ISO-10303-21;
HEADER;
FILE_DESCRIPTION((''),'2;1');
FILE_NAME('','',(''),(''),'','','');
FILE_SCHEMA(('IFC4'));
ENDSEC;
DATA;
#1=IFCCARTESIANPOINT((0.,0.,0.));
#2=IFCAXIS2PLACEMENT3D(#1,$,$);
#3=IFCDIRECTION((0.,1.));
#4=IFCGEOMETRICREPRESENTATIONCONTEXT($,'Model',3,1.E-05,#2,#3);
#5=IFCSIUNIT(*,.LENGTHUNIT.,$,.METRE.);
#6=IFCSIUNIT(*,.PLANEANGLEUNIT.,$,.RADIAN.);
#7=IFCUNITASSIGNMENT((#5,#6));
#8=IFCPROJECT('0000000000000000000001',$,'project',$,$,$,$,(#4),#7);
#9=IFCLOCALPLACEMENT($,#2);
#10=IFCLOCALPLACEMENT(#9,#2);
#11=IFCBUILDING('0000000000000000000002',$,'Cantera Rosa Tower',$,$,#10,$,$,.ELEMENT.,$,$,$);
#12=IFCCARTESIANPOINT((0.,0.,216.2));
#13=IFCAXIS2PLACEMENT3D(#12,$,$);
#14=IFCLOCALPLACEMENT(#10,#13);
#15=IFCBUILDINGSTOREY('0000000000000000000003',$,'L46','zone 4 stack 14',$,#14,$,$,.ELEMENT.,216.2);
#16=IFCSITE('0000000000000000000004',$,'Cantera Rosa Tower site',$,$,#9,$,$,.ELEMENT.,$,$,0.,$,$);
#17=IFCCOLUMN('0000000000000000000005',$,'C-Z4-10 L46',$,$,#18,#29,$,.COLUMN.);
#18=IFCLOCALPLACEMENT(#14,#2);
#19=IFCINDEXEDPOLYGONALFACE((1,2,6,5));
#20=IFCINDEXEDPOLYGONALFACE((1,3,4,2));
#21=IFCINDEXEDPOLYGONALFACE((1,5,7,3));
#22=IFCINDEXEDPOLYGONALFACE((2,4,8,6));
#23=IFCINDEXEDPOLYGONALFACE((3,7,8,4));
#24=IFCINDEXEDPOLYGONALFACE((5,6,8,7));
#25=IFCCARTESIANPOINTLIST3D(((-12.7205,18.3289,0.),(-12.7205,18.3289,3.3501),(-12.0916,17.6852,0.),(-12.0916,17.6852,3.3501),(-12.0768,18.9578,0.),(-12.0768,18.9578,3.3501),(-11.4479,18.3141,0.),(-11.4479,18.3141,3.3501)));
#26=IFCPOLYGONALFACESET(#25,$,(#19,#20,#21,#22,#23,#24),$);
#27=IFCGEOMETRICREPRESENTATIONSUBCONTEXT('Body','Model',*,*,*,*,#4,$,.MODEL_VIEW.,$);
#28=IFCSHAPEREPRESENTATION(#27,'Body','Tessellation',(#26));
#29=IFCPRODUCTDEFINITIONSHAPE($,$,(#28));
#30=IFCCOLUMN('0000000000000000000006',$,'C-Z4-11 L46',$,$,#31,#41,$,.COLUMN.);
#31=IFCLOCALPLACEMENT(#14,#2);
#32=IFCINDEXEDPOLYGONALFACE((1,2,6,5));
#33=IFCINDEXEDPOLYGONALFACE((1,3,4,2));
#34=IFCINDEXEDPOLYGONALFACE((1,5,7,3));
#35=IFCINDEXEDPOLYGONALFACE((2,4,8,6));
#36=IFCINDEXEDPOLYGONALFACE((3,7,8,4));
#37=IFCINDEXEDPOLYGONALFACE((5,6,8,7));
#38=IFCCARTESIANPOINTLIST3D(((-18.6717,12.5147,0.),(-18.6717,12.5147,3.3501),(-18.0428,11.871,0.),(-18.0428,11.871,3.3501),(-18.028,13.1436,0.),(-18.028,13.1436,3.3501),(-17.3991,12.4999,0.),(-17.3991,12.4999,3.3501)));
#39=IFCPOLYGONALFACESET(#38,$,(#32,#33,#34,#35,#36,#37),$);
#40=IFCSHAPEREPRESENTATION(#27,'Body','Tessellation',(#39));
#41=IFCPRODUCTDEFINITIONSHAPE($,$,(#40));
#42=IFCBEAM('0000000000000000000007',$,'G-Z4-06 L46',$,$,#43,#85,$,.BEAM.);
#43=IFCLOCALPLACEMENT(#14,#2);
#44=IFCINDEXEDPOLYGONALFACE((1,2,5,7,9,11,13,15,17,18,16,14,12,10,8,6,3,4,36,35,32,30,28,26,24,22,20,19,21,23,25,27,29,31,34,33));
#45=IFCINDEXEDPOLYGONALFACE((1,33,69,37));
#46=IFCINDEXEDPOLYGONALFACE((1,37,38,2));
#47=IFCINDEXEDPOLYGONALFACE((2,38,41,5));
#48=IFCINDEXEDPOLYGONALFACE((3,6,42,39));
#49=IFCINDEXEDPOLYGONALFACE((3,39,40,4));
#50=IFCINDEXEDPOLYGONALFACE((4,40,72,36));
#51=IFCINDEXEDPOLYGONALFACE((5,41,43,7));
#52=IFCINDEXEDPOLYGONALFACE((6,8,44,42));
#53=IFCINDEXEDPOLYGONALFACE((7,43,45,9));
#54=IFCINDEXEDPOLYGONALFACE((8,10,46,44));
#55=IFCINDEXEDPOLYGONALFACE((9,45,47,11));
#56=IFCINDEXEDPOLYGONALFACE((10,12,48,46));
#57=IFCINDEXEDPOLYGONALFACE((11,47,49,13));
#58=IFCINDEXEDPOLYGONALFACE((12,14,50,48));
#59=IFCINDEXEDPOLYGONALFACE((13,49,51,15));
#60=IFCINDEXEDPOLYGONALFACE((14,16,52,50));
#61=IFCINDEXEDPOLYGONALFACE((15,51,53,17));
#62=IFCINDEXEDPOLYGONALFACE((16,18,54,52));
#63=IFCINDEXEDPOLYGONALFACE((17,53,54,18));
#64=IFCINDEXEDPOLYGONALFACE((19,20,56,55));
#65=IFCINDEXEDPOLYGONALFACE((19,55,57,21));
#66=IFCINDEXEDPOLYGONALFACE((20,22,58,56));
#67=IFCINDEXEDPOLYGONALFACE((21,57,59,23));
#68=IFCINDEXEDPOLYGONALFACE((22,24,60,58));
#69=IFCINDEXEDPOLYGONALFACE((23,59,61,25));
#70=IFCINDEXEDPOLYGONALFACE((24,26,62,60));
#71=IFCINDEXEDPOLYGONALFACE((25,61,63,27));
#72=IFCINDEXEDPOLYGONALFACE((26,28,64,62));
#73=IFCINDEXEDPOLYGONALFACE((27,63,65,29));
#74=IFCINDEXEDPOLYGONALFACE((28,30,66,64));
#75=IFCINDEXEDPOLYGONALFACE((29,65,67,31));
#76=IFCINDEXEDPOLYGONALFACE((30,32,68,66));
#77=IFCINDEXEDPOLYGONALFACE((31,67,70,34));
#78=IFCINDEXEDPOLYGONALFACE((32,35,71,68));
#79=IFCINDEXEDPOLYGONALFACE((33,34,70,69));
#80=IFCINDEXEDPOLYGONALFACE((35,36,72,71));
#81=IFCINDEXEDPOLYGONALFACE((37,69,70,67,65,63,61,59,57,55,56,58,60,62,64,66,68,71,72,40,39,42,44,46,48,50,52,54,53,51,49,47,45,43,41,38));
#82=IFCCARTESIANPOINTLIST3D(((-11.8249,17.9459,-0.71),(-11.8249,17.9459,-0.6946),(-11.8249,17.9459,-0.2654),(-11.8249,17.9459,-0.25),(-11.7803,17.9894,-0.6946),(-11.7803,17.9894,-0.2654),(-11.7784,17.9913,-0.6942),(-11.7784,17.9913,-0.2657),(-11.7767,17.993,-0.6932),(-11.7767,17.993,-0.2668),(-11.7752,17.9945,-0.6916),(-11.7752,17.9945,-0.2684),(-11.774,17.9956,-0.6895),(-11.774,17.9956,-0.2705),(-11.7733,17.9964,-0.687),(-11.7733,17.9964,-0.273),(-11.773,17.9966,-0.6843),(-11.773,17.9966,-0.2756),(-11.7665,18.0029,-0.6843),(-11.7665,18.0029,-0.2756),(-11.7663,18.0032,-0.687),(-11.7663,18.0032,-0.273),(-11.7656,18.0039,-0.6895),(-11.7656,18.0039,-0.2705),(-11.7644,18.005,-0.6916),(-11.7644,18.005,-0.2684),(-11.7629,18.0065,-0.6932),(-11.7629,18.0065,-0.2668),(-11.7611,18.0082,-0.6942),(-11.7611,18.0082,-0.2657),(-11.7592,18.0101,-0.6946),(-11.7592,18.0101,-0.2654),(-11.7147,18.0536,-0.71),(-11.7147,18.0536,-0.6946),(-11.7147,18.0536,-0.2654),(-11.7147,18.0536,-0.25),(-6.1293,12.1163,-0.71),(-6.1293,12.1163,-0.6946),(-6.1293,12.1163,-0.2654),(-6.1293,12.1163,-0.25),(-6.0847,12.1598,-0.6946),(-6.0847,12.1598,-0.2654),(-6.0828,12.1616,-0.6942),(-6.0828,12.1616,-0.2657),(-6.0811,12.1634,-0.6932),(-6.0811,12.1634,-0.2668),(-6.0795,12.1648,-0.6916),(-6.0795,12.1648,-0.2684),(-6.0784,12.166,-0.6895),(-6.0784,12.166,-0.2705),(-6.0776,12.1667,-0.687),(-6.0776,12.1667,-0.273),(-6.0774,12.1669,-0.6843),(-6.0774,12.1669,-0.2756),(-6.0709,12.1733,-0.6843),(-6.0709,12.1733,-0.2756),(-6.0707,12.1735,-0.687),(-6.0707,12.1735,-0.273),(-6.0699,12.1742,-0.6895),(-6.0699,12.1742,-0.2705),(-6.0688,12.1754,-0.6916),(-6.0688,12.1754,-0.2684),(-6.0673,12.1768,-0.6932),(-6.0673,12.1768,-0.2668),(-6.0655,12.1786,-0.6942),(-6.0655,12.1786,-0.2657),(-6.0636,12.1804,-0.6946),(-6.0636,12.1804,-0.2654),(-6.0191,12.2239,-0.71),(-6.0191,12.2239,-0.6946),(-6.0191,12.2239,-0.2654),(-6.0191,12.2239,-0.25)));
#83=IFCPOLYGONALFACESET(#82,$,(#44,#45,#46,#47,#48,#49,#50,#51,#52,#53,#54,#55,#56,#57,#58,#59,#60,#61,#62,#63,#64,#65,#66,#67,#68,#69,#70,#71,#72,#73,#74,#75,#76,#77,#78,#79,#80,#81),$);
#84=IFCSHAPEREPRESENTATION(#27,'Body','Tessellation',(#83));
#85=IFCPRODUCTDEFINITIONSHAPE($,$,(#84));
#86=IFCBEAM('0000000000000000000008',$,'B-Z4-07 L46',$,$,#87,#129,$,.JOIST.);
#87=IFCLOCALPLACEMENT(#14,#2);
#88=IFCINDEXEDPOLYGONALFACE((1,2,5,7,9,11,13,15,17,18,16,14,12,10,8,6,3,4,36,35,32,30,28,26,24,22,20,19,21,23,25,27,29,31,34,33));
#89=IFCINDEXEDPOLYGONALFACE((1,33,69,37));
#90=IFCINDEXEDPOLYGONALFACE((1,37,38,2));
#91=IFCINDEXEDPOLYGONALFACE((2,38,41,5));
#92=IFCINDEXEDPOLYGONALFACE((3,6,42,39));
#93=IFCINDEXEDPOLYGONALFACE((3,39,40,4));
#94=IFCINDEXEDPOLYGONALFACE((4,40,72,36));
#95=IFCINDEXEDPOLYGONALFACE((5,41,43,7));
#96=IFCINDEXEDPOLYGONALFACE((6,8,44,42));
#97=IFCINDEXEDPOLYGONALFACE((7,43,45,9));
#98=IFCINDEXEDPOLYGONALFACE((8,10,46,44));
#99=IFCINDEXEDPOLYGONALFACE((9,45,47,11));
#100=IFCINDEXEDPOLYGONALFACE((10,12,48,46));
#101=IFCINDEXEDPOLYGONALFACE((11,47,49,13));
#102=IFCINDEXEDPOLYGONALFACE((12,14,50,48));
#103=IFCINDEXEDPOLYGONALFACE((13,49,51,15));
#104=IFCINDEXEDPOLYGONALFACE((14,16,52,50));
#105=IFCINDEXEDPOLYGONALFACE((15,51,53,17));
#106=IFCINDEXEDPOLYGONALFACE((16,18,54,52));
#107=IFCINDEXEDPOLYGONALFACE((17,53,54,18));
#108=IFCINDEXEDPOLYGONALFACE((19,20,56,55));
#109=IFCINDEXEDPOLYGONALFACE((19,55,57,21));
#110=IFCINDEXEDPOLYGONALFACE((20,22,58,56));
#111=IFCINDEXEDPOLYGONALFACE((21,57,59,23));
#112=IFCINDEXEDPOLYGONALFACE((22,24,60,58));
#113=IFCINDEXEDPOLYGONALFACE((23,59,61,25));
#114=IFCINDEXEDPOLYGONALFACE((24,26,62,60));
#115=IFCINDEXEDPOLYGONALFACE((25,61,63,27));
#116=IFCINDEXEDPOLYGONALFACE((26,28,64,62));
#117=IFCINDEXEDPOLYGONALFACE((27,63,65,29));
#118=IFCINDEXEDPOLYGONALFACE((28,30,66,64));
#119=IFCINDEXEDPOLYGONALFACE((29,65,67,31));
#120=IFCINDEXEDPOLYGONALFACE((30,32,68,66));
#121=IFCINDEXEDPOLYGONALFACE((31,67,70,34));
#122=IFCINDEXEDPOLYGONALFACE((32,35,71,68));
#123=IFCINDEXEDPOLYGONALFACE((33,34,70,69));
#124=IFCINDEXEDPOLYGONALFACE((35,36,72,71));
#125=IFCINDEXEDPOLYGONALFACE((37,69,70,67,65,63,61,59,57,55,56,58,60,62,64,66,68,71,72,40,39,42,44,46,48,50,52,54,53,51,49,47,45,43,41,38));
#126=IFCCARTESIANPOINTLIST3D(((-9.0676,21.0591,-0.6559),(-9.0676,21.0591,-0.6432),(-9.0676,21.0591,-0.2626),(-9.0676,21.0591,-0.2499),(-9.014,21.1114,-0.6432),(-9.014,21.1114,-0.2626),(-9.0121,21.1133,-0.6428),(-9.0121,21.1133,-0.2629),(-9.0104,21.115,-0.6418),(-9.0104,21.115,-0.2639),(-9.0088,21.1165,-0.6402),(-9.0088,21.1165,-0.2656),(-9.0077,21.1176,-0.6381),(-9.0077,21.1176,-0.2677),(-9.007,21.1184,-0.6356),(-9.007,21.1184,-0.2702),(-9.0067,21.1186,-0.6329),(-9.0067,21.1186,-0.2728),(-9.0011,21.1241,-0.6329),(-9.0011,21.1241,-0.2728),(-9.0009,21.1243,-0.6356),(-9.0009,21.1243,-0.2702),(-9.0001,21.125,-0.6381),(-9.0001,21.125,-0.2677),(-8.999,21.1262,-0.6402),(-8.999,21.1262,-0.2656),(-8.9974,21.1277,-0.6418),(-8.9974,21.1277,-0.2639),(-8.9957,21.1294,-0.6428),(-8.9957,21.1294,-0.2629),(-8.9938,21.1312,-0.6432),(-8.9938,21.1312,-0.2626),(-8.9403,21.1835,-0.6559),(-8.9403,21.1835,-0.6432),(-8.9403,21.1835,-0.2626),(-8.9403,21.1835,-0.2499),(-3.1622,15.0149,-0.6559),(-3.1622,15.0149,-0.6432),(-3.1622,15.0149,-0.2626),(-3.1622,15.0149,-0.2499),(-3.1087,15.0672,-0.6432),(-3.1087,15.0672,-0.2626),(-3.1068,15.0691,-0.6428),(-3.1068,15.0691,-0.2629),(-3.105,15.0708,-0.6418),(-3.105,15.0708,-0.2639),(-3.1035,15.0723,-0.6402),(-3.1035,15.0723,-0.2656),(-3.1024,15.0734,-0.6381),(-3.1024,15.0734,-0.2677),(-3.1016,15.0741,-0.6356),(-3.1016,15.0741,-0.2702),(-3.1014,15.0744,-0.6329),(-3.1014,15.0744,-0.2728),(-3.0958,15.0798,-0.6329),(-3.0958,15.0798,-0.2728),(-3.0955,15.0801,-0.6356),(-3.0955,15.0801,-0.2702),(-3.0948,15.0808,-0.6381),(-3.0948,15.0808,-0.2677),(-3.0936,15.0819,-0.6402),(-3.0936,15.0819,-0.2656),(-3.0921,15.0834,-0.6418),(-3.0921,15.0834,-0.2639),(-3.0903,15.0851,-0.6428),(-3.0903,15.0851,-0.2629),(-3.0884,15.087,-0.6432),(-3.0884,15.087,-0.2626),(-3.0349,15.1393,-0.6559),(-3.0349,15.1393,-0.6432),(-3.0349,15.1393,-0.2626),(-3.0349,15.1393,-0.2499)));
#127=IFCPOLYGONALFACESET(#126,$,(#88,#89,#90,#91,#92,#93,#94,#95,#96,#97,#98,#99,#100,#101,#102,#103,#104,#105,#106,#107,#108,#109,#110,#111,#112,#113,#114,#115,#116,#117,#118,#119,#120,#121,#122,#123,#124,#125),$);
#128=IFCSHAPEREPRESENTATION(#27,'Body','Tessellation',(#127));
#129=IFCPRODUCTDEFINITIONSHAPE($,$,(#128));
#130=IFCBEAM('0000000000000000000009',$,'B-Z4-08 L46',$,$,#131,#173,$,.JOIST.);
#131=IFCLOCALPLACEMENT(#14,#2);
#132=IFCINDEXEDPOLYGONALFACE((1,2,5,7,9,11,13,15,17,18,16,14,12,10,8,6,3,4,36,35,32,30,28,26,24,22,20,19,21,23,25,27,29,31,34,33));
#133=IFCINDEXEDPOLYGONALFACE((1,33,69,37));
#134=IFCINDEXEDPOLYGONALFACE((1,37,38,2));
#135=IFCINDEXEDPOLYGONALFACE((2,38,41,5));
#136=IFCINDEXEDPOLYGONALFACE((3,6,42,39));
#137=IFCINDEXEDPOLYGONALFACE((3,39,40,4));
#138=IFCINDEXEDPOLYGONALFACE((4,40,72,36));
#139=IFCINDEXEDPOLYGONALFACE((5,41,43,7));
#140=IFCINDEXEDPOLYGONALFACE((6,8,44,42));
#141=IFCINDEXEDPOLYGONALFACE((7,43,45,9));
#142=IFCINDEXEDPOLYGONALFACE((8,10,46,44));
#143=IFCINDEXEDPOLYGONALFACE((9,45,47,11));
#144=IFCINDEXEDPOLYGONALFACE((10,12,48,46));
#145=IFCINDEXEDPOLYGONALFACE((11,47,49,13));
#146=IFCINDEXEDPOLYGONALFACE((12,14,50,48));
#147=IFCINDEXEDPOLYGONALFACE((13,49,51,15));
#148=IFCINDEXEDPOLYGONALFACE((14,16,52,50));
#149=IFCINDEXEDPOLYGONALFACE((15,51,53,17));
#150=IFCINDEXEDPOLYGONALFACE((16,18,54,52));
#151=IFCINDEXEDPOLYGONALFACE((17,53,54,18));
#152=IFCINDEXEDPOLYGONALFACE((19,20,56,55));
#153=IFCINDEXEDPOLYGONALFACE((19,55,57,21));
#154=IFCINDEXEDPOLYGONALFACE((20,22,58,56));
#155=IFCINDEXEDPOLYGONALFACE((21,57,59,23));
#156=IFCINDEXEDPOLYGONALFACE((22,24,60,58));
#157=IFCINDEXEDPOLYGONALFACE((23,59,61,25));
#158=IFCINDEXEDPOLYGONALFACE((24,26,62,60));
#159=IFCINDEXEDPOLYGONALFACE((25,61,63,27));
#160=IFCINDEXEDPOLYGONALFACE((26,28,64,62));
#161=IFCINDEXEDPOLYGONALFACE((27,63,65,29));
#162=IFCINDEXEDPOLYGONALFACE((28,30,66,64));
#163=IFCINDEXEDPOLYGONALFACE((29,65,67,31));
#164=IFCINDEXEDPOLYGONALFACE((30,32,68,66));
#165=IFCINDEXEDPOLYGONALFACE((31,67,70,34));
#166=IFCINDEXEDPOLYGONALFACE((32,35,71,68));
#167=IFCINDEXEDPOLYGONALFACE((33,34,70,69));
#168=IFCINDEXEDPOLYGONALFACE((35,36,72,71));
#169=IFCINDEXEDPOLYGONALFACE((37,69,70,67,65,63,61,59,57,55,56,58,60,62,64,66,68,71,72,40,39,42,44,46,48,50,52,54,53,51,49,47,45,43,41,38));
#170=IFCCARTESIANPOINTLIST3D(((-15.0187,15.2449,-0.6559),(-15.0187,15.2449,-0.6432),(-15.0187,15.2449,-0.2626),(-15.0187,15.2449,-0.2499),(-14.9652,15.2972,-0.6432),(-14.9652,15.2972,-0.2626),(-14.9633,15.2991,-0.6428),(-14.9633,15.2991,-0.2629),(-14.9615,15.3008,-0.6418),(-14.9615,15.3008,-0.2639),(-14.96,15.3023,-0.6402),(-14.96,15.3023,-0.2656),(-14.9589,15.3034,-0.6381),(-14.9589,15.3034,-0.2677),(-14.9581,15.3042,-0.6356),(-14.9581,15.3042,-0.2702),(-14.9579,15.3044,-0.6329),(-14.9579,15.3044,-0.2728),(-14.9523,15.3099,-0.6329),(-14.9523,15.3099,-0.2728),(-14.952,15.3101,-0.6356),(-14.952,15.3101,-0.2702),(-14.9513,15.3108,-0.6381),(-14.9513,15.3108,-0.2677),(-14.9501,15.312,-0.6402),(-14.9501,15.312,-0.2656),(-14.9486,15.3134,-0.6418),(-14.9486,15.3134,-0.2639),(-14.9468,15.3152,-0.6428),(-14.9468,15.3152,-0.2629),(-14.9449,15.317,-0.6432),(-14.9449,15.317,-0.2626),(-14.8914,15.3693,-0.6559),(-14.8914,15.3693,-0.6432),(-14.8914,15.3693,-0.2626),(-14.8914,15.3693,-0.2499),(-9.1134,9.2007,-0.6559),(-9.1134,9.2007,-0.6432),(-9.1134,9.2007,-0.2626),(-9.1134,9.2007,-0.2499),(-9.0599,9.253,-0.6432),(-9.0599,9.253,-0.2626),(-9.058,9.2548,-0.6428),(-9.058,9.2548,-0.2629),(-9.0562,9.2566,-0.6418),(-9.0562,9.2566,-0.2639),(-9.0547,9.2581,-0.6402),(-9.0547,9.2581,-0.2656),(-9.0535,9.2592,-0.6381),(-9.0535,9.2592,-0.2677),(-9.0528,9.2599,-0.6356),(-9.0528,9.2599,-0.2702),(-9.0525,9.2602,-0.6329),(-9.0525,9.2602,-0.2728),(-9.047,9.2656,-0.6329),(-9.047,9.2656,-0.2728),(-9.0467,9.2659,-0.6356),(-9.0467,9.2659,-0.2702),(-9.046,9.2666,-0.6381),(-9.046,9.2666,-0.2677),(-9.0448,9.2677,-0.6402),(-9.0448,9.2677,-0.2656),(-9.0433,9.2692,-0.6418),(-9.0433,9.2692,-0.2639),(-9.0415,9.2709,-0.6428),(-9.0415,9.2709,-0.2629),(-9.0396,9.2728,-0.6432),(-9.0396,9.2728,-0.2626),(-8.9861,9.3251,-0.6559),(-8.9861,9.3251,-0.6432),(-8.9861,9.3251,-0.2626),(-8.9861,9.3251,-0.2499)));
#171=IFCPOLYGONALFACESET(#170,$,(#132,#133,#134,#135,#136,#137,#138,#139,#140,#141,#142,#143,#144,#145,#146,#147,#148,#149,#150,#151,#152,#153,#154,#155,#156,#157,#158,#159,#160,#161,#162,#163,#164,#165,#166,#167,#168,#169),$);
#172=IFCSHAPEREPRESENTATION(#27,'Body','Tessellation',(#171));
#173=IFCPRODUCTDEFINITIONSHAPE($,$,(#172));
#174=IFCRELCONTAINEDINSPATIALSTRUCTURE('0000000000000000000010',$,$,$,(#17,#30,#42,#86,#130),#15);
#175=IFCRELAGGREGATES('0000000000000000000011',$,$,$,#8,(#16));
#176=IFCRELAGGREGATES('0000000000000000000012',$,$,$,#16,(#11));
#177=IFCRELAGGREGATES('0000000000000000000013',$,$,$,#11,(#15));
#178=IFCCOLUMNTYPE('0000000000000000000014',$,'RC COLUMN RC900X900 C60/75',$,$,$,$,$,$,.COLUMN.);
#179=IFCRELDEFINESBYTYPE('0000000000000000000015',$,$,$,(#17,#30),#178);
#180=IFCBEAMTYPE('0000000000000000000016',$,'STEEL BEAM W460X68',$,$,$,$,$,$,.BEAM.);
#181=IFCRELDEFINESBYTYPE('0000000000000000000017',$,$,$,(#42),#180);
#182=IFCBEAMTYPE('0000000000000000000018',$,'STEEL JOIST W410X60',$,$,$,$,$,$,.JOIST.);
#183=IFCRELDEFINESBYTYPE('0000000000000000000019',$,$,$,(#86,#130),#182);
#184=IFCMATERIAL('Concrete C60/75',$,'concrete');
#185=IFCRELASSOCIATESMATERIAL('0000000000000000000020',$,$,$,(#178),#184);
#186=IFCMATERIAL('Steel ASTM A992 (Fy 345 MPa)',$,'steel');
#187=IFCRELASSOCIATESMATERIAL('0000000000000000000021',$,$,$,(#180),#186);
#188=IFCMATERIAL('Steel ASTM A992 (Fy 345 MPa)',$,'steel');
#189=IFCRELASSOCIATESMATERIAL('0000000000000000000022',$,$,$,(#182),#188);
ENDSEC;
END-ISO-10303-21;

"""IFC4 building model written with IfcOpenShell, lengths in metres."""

from ifc_helpers import new_model, si_unit, direction, frame, origin, origin_2d, place, context, subcontext, project, spatial, rectangle, i_section, extrude, material, material_profile, profile_set, type_object, element, save


model = new_model("IFC4")

# Units and contexts
model_context = context("Model", 3, precision=1e-05, world=origin(), true_north=direction((0.0, 1.0)))
body_context = subcontext(model_context, "Body", "Model", "MODEL_VIEW")
ifc_project = project(units=[si_unit("LENGTHUNIT", "METRE"), si_unit("PLANEANGLEUNIT", "RADIAN")], contexts=[model_context])

# Site, building, storey
site_placement = place(None, origin())
site = spatial("IfcSite", under=ifc_project, at=site_placement, Name="Cantera Rosa Tower site", CompositionType="ELEMENT", RefElevation=0.0)
building_placement = place(site_placement, origin())
building = spatial("IfcBuilding", under=site, at=building_placement, Name="Cantera Rosa Tower", CompositionType="ELEMENT")
storey_placement = place(building_placement, frame((0.0, 0.0, 216.2)))
storey = spatial("IfcBuildingStorey", under=building, at=storey_placement, Name="L46", Description="zone 4 stack 14", CompositionType="ELEMENT", Elevation=216.2)

# Columns
ifc_material_1 = material(Name="Concrete C60/75", Category="concrete")
ifc_material_profile_1 = material_profile(ifc_material_1, rectangle(XDim=0.8999, YDim=0.8999, at=origin_2d()), Name="RC COLUMN RC900X900 C60/75")
ifc_profile_set_1 = profile_set([ifc_material_profile_1], Name="Concrete C60/75")
column_type = type_object("IfcColumnType", Name="RC COLUMN RC900X900 C60/75", PredefinedType="COLUMN", material=ifc_profile_set_1)
for number, where, z_axis, x_axis, name in (
    (1, (-12.0842, 18.3215, 0.0), (0.0, 0.0, 1.0), (0.715286, 0.698832, 0.0), "C-Z4-10 L46"),
    (2, (-18.0354, 12.5073, 0.0), (0.0, 0.0, 1.0), (0.715286, 0.698832, 0.0), "C-Z4-11 L46"),
):
    element("IfcColumn", number, at=place(storey_placement, frame(where, z_axis=z_axis, x_axis=x_axis)), inside=storey, type_object=column_type, Name=name, PredefinedType="COLUMN", context=body_context, shape_type="SweptSolid", body=[
        extrude(rectangle(XDim=0.8999, YDim=0.8999, at=origin_2d()), origin(), (0.0, 0.0, 1.0), 3.3501),
    ])

# Beams
ifc_material_2 = material(Name="Steel ASTM A992 (Fy 345 MPa)", Category="steel")
ifc_material_profile_2 = material_profile(ifc_material_2, i_section(OverallWidth=0.1541, OverallDepth=0.46, WebThickness=0.009, FlangeThickness=0.0154, FilletRadius=0.0103, at=origin_2d()), Name="W460X68")
ifc_profile_set_2 = profile_set([ifc_material_profile_2], Name="Steel ASTM A992 (Fy 345 MPa)")
beam_type_1 = type_object("IfcBeamType", Name="STEEL BEAM W460X68", PredefinedType="BEAM", material=ifc_profile_set_2)
beam_1_placement = place(storey_placement, frame((-11.7698, 17.9998, -0.48), z_axis=(0.698836, -0.715282, 0.0), x_axis=(0.715282, 0.698836, 0.0)))
element("IfcBeam", 3, at=beam_1_placement, inside=storey, type_object=beam_type_1, Name="G-Z4-06 L46", PredefinedType="BEAM", context=body_context, shape_type="SweptSolid", body=[
    extrude(i_section(OverallWidth=0.1541, OverallDepth=0.46, WebThickness=0.009, FlangeThickness=0.0154, FilletRadius=0.0103, at=origin_2d()), origin(), (0.0, 0.0, 1.0), 8.1501),
])
ifc_material_3 = material(Name="Steel ASTM A992 (Fy 345 MPa)", Category="steel")
ifc_material_profile_3 = material_profile(ifc_material_3, i_section(OverallWidth=0.178, OverallDepth=0.406, WebThickness=0.0078, FlangeThickness=0.0127, FilletRadius=0.0103, at=origin_2d()), Name="W410X60")
ifc_profile_set_3 = profile_set([ifc_material_profile_3], Name="Steel ASTM A992 (Fy 345 MPa)")
beam_type_2 = type_object("IfcBeamType", Name="STEEL JOIST W410X60", PredefinedType="JOIST", material=ifc_profile_set_3)
for number, where, z_axis, x_axis, name in (
    (4, (-9.0039, 21.1213, -0.4529), (0.698839, -0.715279, 0.0), (0.715279, 0.698839, 0.0), "B-Z4-07 L46"),
    (5, (-14.9551, 15.3071, -0.4529), (0.698839, -0.715279, 0.0), (0.715279, 0.698839, 0.0), "B-Z4-08 L46"),
):
    element("IfcBeam", number, at=place(storey_placement, frame(where, z_axis=z_axis, x_axis=x_axis)), inside=storey, type_object=beam_type_2, Name=name, PredefinedType="JOIST", context=body_context, shape_type="SweptSolid", body=[
        extrude(i_section(OverallWidth=0.178, OverallDepth=0.406, WebThickness=0.0078, FlangeThickness=0.0127, FilletRadius=0.0103, at=origin_2d()), origin(), (0.0, 0.0, 1.0), 8.4502),
    ])

save(model, "model.ifc")
